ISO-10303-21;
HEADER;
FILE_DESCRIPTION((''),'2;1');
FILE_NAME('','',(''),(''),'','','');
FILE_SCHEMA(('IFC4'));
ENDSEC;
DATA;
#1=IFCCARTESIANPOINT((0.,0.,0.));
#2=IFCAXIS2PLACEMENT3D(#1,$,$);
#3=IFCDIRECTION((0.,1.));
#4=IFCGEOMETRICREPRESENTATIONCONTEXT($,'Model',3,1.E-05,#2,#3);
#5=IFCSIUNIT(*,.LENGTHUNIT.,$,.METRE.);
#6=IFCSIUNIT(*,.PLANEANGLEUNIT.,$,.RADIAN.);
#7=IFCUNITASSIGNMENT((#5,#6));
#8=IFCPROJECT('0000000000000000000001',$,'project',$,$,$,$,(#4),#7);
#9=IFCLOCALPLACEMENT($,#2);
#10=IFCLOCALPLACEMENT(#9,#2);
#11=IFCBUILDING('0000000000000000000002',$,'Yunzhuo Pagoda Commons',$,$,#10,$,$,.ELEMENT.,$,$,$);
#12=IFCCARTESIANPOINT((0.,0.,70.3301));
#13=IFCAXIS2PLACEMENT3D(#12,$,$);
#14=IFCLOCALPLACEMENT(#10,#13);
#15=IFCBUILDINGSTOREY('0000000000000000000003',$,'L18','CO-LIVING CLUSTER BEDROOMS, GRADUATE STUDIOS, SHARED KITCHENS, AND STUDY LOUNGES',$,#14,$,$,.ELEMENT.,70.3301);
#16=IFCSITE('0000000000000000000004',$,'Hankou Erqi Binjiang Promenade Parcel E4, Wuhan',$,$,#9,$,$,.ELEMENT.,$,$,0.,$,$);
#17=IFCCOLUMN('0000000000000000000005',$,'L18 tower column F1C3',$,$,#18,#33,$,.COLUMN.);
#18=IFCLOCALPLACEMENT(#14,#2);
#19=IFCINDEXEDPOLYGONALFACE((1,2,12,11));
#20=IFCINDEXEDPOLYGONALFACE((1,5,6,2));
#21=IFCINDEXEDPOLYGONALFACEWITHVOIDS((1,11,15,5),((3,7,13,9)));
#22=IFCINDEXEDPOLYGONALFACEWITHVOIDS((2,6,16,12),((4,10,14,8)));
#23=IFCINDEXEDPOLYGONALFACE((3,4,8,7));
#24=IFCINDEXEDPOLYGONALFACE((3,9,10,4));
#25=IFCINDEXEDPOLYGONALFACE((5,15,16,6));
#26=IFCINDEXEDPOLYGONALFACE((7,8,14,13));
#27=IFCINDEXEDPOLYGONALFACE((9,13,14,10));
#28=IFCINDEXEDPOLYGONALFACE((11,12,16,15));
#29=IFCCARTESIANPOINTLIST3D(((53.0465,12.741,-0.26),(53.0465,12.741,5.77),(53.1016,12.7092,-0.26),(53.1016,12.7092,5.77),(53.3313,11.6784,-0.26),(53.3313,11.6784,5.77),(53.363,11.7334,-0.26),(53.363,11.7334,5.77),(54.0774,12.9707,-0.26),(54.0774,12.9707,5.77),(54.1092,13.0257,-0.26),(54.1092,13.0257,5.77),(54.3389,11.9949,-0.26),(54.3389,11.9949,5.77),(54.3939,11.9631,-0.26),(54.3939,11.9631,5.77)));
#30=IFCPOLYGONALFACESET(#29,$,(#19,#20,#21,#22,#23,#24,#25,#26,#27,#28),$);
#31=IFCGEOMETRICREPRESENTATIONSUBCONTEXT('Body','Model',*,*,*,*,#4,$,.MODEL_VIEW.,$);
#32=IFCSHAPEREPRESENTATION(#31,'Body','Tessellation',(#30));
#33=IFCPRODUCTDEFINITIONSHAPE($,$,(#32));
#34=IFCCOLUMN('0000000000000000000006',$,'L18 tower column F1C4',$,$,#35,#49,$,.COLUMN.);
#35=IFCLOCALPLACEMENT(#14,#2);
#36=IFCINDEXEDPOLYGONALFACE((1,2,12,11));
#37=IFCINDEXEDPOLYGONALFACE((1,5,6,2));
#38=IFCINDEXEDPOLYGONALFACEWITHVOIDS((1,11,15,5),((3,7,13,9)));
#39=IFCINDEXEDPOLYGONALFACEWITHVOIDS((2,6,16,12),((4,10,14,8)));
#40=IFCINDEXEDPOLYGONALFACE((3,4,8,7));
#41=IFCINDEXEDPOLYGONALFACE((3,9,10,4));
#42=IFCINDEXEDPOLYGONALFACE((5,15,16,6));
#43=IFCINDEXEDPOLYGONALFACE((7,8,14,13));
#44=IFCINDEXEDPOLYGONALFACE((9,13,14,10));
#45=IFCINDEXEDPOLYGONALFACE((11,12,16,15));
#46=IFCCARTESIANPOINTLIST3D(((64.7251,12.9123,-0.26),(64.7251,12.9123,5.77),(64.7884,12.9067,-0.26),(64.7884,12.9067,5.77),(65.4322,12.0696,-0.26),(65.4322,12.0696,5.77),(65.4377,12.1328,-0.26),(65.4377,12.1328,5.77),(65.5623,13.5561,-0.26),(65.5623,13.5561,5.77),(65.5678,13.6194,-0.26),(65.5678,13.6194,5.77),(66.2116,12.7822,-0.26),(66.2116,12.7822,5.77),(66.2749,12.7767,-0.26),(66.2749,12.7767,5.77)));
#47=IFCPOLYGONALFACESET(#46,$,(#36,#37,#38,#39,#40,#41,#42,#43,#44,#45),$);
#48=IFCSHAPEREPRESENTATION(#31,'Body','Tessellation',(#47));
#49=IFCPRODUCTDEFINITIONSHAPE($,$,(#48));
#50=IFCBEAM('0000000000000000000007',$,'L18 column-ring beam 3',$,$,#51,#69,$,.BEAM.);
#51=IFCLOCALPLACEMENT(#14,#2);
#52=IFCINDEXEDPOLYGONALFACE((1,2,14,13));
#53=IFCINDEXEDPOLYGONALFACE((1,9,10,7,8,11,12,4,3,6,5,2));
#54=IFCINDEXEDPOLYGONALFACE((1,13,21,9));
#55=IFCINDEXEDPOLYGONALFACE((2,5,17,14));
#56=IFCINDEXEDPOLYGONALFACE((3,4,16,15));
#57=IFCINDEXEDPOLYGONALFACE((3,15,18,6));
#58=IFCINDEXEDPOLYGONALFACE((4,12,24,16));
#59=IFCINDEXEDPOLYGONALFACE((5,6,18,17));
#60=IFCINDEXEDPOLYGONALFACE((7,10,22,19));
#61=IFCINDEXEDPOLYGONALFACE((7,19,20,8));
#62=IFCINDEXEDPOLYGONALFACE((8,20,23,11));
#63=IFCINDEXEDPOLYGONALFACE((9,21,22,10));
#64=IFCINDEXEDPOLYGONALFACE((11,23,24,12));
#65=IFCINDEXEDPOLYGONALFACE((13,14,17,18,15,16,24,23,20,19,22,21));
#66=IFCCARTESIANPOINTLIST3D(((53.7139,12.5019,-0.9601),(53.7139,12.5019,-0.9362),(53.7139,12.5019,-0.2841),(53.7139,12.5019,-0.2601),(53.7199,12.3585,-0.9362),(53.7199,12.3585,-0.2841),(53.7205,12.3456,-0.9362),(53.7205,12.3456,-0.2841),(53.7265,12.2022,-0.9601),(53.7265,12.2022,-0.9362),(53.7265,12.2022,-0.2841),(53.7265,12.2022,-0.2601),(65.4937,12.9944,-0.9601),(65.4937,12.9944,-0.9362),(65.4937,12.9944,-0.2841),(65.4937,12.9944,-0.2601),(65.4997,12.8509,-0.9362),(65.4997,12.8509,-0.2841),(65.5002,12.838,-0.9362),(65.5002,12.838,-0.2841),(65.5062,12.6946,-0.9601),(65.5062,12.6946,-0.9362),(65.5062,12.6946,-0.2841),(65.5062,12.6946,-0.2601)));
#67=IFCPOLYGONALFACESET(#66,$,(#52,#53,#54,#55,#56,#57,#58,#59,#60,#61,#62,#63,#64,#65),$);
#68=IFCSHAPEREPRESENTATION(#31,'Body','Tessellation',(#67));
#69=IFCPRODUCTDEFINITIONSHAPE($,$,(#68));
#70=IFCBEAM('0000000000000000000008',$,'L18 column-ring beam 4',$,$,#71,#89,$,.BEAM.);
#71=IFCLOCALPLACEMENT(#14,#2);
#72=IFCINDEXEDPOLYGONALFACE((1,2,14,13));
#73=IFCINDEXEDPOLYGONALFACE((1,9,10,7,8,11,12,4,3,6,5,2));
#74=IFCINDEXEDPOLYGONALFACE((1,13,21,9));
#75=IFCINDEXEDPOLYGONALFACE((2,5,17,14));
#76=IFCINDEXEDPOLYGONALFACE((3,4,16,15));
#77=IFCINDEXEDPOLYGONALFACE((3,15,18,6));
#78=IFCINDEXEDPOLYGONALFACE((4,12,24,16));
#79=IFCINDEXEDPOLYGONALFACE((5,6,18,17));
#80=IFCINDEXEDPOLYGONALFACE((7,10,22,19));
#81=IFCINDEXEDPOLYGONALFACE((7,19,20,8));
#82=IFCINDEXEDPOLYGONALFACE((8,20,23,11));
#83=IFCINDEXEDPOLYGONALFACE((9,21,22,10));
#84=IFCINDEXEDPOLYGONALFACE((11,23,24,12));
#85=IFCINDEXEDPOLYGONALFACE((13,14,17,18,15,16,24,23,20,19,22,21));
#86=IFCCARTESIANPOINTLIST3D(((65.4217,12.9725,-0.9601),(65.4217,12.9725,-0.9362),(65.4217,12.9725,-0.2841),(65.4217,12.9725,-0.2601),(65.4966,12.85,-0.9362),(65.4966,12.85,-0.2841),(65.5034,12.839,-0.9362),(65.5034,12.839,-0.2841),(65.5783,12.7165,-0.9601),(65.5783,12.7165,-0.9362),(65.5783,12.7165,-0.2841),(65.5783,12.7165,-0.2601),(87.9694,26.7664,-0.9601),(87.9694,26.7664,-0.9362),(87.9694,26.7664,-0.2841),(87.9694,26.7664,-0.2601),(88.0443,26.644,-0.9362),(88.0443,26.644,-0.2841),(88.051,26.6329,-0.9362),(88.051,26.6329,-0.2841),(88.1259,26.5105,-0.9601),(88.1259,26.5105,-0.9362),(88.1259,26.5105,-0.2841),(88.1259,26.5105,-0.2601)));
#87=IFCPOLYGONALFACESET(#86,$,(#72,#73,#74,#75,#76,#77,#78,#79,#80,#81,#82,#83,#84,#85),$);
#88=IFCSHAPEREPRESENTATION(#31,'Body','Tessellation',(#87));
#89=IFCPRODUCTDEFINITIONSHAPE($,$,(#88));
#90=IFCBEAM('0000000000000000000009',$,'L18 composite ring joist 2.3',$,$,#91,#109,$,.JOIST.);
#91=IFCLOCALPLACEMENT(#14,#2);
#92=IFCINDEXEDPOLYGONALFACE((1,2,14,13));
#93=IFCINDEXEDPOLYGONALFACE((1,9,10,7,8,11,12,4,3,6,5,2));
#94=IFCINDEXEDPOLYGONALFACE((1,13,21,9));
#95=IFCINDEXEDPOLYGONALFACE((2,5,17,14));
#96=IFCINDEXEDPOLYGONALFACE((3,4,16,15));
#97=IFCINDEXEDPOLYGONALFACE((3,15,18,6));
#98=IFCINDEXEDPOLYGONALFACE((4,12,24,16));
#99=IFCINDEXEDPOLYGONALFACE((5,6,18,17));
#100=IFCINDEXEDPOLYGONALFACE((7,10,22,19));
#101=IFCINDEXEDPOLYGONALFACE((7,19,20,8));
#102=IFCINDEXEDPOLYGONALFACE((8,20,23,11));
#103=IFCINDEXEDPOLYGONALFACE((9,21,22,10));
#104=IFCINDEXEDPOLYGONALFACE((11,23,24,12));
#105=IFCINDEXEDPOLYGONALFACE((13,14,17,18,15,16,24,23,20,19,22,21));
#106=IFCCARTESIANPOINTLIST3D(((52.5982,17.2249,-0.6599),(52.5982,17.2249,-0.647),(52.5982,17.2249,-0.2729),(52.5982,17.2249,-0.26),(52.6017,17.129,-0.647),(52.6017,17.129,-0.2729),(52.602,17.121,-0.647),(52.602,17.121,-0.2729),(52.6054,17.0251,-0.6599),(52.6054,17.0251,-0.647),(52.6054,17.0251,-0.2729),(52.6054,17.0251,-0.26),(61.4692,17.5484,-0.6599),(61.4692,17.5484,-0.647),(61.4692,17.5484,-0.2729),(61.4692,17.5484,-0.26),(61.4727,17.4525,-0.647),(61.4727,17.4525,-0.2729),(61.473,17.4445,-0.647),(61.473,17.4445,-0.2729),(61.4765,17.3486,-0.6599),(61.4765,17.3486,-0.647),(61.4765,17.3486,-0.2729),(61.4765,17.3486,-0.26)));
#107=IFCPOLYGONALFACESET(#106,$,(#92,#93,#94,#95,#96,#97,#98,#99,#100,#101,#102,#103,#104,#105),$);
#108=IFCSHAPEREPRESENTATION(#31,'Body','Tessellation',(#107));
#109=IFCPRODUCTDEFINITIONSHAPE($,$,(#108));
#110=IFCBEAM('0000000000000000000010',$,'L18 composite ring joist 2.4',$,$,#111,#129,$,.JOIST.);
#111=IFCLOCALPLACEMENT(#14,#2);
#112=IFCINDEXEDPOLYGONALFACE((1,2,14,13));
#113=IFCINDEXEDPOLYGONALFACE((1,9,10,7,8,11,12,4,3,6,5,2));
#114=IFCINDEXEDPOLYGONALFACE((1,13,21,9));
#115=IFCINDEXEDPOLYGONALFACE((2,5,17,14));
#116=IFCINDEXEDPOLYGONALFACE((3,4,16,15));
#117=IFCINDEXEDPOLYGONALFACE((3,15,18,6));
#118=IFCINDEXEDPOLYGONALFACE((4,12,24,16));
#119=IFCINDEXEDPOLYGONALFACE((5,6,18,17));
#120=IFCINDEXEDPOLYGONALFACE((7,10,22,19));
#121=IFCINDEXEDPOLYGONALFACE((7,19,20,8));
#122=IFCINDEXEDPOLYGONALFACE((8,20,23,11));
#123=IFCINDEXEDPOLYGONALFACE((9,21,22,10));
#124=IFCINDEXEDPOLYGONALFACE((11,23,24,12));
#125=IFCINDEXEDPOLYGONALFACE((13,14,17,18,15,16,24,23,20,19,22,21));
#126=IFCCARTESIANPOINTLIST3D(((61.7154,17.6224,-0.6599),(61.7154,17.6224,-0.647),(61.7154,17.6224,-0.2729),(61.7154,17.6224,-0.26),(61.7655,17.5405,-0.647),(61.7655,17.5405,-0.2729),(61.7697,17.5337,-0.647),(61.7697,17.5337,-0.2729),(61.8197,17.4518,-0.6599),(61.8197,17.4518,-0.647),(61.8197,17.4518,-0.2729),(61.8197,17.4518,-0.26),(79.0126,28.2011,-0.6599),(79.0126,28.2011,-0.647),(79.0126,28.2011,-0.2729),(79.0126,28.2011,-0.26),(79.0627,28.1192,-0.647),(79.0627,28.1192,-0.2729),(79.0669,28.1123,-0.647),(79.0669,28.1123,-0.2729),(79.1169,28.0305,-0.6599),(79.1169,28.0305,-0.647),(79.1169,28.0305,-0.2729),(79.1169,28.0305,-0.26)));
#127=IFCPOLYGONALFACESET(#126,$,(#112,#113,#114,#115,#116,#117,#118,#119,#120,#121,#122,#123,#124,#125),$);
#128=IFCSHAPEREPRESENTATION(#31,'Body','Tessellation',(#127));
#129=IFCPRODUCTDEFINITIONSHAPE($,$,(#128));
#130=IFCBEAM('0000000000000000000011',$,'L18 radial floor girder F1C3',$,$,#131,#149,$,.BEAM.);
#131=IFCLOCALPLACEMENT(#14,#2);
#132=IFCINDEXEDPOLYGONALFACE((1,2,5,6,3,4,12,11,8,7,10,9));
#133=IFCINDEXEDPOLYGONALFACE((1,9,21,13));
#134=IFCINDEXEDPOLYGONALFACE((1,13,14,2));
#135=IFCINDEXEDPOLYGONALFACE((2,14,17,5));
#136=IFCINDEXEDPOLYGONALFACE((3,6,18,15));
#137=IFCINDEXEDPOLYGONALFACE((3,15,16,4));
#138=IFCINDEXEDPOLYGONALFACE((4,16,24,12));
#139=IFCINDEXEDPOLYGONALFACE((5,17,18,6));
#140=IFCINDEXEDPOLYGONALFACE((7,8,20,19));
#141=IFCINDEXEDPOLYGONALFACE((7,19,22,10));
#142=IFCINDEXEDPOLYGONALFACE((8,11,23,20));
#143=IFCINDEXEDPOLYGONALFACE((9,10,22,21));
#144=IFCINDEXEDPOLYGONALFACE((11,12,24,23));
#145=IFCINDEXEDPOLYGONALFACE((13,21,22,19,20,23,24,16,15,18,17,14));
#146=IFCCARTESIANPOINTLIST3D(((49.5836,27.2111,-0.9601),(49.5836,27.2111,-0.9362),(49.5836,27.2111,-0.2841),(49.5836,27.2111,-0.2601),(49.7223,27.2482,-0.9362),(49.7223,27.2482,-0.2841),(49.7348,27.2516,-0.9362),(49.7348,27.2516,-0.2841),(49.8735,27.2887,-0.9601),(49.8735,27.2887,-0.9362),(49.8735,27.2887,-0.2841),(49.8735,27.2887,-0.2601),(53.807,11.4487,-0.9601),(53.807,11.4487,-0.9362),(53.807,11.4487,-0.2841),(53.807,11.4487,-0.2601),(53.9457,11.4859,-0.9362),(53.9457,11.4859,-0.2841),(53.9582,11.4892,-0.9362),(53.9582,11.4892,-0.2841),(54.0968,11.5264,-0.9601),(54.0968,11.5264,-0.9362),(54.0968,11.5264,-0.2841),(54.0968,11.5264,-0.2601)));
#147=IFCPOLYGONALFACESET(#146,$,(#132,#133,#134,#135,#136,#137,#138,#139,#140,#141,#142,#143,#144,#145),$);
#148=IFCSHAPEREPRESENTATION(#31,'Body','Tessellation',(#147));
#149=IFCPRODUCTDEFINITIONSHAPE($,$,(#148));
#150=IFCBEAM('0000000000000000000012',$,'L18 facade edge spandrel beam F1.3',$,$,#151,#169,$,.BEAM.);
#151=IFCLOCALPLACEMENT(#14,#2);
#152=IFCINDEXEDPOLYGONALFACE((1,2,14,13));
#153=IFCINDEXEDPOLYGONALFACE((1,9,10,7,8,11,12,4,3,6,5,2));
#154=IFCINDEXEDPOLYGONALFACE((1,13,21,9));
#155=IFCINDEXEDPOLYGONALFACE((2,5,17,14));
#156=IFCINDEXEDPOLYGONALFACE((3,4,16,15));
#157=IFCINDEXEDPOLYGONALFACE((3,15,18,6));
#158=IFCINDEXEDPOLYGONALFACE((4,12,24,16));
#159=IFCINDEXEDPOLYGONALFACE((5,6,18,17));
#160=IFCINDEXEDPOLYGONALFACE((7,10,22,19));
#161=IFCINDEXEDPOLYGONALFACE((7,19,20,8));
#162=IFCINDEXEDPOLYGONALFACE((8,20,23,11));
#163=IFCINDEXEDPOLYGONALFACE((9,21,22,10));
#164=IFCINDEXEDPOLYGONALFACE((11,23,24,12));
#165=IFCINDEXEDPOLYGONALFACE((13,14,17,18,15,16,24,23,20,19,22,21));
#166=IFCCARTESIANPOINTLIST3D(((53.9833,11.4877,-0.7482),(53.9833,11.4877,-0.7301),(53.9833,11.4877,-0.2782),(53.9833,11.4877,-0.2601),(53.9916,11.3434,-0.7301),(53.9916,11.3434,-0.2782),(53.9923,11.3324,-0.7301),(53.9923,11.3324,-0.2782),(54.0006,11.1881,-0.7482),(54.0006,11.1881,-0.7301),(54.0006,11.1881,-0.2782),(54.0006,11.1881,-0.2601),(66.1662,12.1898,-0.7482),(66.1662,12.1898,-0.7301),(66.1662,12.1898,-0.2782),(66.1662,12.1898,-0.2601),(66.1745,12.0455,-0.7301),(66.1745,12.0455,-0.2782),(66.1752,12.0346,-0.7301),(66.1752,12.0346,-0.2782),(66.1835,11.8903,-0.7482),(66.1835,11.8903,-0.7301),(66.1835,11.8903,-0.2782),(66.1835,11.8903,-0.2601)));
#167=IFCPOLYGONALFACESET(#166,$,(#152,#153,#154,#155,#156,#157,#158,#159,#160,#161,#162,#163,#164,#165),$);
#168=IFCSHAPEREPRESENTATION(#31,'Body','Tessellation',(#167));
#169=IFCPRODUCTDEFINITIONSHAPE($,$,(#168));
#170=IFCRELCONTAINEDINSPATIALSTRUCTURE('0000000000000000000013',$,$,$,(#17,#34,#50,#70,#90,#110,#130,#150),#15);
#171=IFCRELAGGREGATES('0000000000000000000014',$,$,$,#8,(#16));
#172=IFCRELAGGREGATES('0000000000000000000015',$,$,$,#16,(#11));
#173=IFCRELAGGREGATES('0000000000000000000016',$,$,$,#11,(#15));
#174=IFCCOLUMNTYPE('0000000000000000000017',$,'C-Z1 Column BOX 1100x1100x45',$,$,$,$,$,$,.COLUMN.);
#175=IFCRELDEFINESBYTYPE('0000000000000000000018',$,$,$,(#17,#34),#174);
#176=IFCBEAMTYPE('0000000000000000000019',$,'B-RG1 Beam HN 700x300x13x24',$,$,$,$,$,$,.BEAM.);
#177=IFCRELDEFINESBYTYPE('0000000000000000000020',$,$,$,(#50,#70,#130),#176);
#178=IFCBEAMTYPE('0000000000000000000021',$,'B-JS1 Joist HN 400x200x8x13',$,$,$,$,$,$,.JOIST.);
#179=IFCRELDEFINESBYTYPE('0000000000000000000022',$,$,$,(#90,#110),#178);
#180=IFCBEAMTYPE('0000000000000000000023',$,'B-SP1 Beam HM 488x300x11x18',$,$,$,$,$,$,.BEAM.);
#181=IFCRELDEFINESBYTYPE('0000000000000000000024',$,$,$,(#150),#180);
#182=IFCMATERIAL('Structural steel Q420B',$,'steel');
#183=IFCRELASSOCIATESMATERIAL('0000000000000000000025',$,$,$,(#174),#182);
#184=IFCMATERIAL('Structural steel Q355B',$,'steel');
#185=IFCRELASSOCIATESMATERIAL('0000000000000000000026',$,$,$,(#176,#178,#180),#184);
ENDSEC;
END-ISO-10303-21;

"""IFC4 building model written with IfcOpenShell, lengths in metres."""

from ifc_helpers import new_model, si_unit, direction, frame, origin, origin_2d, place, context, subcontext, project, spatial, hollow_rectangle, i_section, extrude, source, transform, mapped, material, material_profile, profile_set, type_object, element, save


model = new_model("IFC4")

# Units and contexts
model_context = context("Model", 3, precision=1e-05, world=origin(), true_north=direction((0.0, 1.0)))
body_context = subcontext(model_context, "Body", "Model", "MODEL_VIEW")
ifc_project = project(units=[si_unit("LENGTHUNIT", "METRE"), si_unit("PLANEANGLEUNIT", "RADIAN")], contexts=[model_context])

# Site, building, storey
site_placement = place(None, origin())
site = spatial("IfcSite", under=ifc_project, at=site_placement, Name="Hankou Erqi Binjiang Promenade Parcel E4, Wuhan", CompositionType="ELEMENT", RefElevation=0.0)
building_placement = place(site_placement, origin())
building = spatial("IfcBuilding", under=site, at=building_placement, Name="Yunzhuo Pagoda Commons", CompositionType="ELEMENT")
storey_placement = place(building_placement, frame((0.0, 0.0, 70.3301)))
storey = spatial("IfcBuildingStorey", under=building, at=storey_placement, Name="L18", Description="CO-LIVING CLUSTER BEDROOMS, GRADUATE STUDIOS, SHARED KITCHENS, AND STUDY LOUNGES", CompositionType="ELEMENT", Elevation=70.3301)

# Columns
ifc_material_1 = material(Name="Structural steel Q420B", Category="steel")
ifc_material_profile_1 = material_profile(ifc_material_1, hollow_rectangle(XDim=1.1001, YDim=1.1001, WallThickness=0.0449, at=origin_2d()), Name="Structural steel Q420B")
ifc_profile_set_1 = profile_set([ifc_material_profile_1], Name="Structural steel Q420B")
column_type = type_object("IfcColumnType", Name="C-Z1 Column BOX 1100x1100x45", PredefinedType="COLUMN", material=ifc_profile_set_1)
shared_shape_1 = source(origin(), body_context, "Body", "SweptSolid", [
    extrude(hollow_rectangle(XDim=1.1001, YDim=1.1001, WallThickness=0.0449, at=origin_2d()), origin(), (0.0, 0.0, 1.0), 6.03),
])
for number, where, z_axis, x_axis, name in (
    (1, (53.7202, 12.3521, -0.26), (0.0, 0.0, 1.0), (0.965926, 0.258819, 0.0), "L18 tower column F1C3"),
    (2, (65.5, 12.8445, -0.26), (0.0, 0.0, 1.0), (0.766044, 0.642788, 0.0), "L18 tower column F1C4"),
):
    element("IfcColumn", number, at=place(storey_placement, frame(where, z_axis=z_axis, x_axis=x_axis)), inside=storey, type_object=column_type, Name=name, PredefinedType="COLUMN", context=body_context, shape_type="MappedRepresentation", body=[
        mapped(shared_shape_1, transform((0.0, 0.0, 0.0), scale=1.0)),
    ])

# Beams
ifc_material_2 = material(Name="Structural steel Q355B", Category="steel")
ifc_material_profile_2 = material_profile(ifc_material_2, i_section(OverallWidth=0.3, OverallDepth=0.7, WebThickness=0.0129, FlangeThickness=0.0239, at=origin_2d()), Name="Structural steel Q355B")
ifc_profile_set_2 = profile_set([ifc_material_profile_2], Name="Structural steel Q355B")
beam_type_1 = type_object("IfcBeamType", Name="B-RG1 Beam HN 700x300x13x24", PredefinedType="BEAM", material=ifc_profile_set_2)
shared_shape_2 = source(origin(), body_context, "Body", "SweptSolid", [
    extrude(i_section(OverallWidth=0.3, OverallDepth=0.7, WebThickness=0.0129, FlangeThickness=0.0239, at=origin_2d()), origin(), (0.0, 0.0, 1.0), 11.79),
])
beam_1_placement = place(storey_placement, frame((53.7202, 12.3521, -0.6101), z_axis=(0.999127, 0.041767, 0.0), x_axis=(-0.041767, 0.999127, 0.0)))
element("IfcBeam", 3, at=beam_1_placement, inside=storey, type_object=beam_type_1, Name="L18 column-ring beam 3", PredefinedType="BEAM", context=body_context, shape_type="MappedRepresentation", body=[
    mapped(shared_shape_2, transform((0.0, 0.0, 0.0), scale=1.0)),
])
shared_shape_3 = source(origin(), body_context, "Body", "SweptSolid", [
    extrude(i_section(OverallWidth=0.3, OverallDepth=0.7, WebThickness=0.0129, FlangeThickness=0.0239, at=origin_2d()), origin(), (0.0, 0.0, 1.0), 26.4324),
])
beam_2_placement = place(storey_placement, frame((65.5, 12.8445, -0.6101), z_axis=(0.853032, 0.521859, 0.0), x_axis=(-0.521859, 0.853032, 0.0)))
element("IfcBeam", 4, at=beam_2_placement, inside=storey, type_object=beam_type_1, Name="L18 column-ring beam 4", PredefinedType="BEAM", context=body_context, shape_type="MappedRepresentation", body=[
    mapped(shared_shape_3, transform((0.0, 0.0, 0.0), scale=1.0)),
])
ifc_material_profile_3 = material_profile(ifc_material_2, i_section(OverallWidth=0.2, OverallDepth=0.3999, WebThickness=0.0081, FlangeThickness=0.0129, at=origin_2d()), Name="Structural steel Q355B")
ifc_profile_set_3 = profile_set([ifc_material_profile_3], Name="Structural steel Q355B")
beam_type_2 = type_object("IfcBeamType", Name="B-JS1 Joist HN 400x200x8x13", PredefinedType="JOIST", material=ifc_profile_set_3)
shared_shape_4 = source(origin(), body_context, "Body", "SweptSolid", [
    extrude(i_section(OverallWidth=0.2, OverallDepth=0.3999, WebThickness=0.0081, FlangeThickness=0.0129, at=origin_2d()), origin(), (0.0, 0.0, 1.0), 8.877),
])
beam_3_placement = place(storey_placement, frame((52.6018, 17.125, -0.46), z_axis=(0.999336, 0.036441, 0.0), x_axis=(-0.036441, 0.999336, 0.0)))
element("IfcBeam", 5, at=beam_3_placement, inside=storey, type_object=beam_type_2, Name="L18 composite ring joist 2.3", PredefinedType="JOIST", context=body_context, shape_type="MappedRepresentation", body=[
    mapped(shared_shape_4, transform((0.0, 0.0, 0.0), scale=1.0)),
])
shared_shape_5 = source(origin(), body_context, "Body", "SweptSolid", [
    extrude(i_section(OverallWidth=0.2, OverallDepth=0.3999, WebThickness=0.0081, FlangeThickness=0.0129, at=origin_2d()), origin(), (0.0, 0.0, 1.0), 20.2756),
])
beam_4_placement = place(storey_placement, frame((61.7676, 17.5371, -0.46), z_axis=(0.853103, 0.521743, 0.0), x_axis=(-0.521743, 0.853103, 0.0)))
element("IfcBeam", 6, at=beam_4_placement, inside=storey, type_object=beam_type_2, Name="L18 composite ring joist 2.4", PredefinedType="JOIST", context=body_context, shape_type="MappedRepresentation", body=[
    mapped(shared_shape_5, transform((0.0, 0.0, 0.0), scale=1.0)),
])
shared_shape_6 = source(origin(), body_context, "Body", "SweptSolid", [
    extrude(i_section(OverallWidth=0.3, OverallDepth=0.7, WebThickness=0.0129, FlangeThickness=0.0239, at=origin_2d()), origin(), (0.0, 0.0, 1.0), 16.3184),
])
beam_5_placement = place(storey_placement, frame((53.9519, 11.4875, -0.6101), z_axis=(-0.258811, 0.965928, 0.0), x_axis=(-0.965928, -0.258811, 0.0)))
element("IfcBeam", 7, at=beam_5_placement, inside=storey, type_object=beam_type_1, Name="L18 radial floor girder F1C3", PredefinedType="BEAM", context=body_context, shape_type="MappedRepresentation", body=[
    mapped(shared_shape_6, transform((0.0, 0.0, 0.0), scale=1.0)),
])
ifc_material_profile_4 = material_profile(ifc_material_2, i_section(OverallWidth=0.3, OverallDepth=0.488, WebThickness=0.011, FlangeThickness=0.0181, at=origin_2d()), Name="Structural steel Q355B")
ifc_profile_set_4 = profile_set([ifc_material_profile_4], Name="Structural steel Q355B")
beam_type_3 = type_object("IfcBeamType", Name="B-SP1 Beam HM 488x300x11x18", PredefinedType="BEAM", material=ifc_profile_set_4)
shared_shape_7 = source(origin(), body_context, "Body", "SweptSolid", [
    extrude(i_section(OverallWidth=0.3, OverallDepth=0.488, WebThickness=0.011, FlangeThickness=0.0181, at=origin_2d()), origin(), (0.0, 0.0, 1.0), 12.2031),
])
beam_6_placement = place(storey_placement, frame((53.9919, 11.3379, -0.5042), z_axis=(0.998343, 0.057539, 0.0), x_axis=(-0.057539, 0.998343, 0.0)))
element("IfcBeam", 8, at=beam_6_placement, inside=storey, type_object=beam_type_3, Name="L18 facade edge spandrel beam F1.3", PredefinedType="BEAM", context=body_context, shape_type="MappedRepresentation", body=[
    mapped(shared_shape_7, transform((0.0, 0.0, 0.0), scale=1.0)),
])

save(model, "model.ifc")
